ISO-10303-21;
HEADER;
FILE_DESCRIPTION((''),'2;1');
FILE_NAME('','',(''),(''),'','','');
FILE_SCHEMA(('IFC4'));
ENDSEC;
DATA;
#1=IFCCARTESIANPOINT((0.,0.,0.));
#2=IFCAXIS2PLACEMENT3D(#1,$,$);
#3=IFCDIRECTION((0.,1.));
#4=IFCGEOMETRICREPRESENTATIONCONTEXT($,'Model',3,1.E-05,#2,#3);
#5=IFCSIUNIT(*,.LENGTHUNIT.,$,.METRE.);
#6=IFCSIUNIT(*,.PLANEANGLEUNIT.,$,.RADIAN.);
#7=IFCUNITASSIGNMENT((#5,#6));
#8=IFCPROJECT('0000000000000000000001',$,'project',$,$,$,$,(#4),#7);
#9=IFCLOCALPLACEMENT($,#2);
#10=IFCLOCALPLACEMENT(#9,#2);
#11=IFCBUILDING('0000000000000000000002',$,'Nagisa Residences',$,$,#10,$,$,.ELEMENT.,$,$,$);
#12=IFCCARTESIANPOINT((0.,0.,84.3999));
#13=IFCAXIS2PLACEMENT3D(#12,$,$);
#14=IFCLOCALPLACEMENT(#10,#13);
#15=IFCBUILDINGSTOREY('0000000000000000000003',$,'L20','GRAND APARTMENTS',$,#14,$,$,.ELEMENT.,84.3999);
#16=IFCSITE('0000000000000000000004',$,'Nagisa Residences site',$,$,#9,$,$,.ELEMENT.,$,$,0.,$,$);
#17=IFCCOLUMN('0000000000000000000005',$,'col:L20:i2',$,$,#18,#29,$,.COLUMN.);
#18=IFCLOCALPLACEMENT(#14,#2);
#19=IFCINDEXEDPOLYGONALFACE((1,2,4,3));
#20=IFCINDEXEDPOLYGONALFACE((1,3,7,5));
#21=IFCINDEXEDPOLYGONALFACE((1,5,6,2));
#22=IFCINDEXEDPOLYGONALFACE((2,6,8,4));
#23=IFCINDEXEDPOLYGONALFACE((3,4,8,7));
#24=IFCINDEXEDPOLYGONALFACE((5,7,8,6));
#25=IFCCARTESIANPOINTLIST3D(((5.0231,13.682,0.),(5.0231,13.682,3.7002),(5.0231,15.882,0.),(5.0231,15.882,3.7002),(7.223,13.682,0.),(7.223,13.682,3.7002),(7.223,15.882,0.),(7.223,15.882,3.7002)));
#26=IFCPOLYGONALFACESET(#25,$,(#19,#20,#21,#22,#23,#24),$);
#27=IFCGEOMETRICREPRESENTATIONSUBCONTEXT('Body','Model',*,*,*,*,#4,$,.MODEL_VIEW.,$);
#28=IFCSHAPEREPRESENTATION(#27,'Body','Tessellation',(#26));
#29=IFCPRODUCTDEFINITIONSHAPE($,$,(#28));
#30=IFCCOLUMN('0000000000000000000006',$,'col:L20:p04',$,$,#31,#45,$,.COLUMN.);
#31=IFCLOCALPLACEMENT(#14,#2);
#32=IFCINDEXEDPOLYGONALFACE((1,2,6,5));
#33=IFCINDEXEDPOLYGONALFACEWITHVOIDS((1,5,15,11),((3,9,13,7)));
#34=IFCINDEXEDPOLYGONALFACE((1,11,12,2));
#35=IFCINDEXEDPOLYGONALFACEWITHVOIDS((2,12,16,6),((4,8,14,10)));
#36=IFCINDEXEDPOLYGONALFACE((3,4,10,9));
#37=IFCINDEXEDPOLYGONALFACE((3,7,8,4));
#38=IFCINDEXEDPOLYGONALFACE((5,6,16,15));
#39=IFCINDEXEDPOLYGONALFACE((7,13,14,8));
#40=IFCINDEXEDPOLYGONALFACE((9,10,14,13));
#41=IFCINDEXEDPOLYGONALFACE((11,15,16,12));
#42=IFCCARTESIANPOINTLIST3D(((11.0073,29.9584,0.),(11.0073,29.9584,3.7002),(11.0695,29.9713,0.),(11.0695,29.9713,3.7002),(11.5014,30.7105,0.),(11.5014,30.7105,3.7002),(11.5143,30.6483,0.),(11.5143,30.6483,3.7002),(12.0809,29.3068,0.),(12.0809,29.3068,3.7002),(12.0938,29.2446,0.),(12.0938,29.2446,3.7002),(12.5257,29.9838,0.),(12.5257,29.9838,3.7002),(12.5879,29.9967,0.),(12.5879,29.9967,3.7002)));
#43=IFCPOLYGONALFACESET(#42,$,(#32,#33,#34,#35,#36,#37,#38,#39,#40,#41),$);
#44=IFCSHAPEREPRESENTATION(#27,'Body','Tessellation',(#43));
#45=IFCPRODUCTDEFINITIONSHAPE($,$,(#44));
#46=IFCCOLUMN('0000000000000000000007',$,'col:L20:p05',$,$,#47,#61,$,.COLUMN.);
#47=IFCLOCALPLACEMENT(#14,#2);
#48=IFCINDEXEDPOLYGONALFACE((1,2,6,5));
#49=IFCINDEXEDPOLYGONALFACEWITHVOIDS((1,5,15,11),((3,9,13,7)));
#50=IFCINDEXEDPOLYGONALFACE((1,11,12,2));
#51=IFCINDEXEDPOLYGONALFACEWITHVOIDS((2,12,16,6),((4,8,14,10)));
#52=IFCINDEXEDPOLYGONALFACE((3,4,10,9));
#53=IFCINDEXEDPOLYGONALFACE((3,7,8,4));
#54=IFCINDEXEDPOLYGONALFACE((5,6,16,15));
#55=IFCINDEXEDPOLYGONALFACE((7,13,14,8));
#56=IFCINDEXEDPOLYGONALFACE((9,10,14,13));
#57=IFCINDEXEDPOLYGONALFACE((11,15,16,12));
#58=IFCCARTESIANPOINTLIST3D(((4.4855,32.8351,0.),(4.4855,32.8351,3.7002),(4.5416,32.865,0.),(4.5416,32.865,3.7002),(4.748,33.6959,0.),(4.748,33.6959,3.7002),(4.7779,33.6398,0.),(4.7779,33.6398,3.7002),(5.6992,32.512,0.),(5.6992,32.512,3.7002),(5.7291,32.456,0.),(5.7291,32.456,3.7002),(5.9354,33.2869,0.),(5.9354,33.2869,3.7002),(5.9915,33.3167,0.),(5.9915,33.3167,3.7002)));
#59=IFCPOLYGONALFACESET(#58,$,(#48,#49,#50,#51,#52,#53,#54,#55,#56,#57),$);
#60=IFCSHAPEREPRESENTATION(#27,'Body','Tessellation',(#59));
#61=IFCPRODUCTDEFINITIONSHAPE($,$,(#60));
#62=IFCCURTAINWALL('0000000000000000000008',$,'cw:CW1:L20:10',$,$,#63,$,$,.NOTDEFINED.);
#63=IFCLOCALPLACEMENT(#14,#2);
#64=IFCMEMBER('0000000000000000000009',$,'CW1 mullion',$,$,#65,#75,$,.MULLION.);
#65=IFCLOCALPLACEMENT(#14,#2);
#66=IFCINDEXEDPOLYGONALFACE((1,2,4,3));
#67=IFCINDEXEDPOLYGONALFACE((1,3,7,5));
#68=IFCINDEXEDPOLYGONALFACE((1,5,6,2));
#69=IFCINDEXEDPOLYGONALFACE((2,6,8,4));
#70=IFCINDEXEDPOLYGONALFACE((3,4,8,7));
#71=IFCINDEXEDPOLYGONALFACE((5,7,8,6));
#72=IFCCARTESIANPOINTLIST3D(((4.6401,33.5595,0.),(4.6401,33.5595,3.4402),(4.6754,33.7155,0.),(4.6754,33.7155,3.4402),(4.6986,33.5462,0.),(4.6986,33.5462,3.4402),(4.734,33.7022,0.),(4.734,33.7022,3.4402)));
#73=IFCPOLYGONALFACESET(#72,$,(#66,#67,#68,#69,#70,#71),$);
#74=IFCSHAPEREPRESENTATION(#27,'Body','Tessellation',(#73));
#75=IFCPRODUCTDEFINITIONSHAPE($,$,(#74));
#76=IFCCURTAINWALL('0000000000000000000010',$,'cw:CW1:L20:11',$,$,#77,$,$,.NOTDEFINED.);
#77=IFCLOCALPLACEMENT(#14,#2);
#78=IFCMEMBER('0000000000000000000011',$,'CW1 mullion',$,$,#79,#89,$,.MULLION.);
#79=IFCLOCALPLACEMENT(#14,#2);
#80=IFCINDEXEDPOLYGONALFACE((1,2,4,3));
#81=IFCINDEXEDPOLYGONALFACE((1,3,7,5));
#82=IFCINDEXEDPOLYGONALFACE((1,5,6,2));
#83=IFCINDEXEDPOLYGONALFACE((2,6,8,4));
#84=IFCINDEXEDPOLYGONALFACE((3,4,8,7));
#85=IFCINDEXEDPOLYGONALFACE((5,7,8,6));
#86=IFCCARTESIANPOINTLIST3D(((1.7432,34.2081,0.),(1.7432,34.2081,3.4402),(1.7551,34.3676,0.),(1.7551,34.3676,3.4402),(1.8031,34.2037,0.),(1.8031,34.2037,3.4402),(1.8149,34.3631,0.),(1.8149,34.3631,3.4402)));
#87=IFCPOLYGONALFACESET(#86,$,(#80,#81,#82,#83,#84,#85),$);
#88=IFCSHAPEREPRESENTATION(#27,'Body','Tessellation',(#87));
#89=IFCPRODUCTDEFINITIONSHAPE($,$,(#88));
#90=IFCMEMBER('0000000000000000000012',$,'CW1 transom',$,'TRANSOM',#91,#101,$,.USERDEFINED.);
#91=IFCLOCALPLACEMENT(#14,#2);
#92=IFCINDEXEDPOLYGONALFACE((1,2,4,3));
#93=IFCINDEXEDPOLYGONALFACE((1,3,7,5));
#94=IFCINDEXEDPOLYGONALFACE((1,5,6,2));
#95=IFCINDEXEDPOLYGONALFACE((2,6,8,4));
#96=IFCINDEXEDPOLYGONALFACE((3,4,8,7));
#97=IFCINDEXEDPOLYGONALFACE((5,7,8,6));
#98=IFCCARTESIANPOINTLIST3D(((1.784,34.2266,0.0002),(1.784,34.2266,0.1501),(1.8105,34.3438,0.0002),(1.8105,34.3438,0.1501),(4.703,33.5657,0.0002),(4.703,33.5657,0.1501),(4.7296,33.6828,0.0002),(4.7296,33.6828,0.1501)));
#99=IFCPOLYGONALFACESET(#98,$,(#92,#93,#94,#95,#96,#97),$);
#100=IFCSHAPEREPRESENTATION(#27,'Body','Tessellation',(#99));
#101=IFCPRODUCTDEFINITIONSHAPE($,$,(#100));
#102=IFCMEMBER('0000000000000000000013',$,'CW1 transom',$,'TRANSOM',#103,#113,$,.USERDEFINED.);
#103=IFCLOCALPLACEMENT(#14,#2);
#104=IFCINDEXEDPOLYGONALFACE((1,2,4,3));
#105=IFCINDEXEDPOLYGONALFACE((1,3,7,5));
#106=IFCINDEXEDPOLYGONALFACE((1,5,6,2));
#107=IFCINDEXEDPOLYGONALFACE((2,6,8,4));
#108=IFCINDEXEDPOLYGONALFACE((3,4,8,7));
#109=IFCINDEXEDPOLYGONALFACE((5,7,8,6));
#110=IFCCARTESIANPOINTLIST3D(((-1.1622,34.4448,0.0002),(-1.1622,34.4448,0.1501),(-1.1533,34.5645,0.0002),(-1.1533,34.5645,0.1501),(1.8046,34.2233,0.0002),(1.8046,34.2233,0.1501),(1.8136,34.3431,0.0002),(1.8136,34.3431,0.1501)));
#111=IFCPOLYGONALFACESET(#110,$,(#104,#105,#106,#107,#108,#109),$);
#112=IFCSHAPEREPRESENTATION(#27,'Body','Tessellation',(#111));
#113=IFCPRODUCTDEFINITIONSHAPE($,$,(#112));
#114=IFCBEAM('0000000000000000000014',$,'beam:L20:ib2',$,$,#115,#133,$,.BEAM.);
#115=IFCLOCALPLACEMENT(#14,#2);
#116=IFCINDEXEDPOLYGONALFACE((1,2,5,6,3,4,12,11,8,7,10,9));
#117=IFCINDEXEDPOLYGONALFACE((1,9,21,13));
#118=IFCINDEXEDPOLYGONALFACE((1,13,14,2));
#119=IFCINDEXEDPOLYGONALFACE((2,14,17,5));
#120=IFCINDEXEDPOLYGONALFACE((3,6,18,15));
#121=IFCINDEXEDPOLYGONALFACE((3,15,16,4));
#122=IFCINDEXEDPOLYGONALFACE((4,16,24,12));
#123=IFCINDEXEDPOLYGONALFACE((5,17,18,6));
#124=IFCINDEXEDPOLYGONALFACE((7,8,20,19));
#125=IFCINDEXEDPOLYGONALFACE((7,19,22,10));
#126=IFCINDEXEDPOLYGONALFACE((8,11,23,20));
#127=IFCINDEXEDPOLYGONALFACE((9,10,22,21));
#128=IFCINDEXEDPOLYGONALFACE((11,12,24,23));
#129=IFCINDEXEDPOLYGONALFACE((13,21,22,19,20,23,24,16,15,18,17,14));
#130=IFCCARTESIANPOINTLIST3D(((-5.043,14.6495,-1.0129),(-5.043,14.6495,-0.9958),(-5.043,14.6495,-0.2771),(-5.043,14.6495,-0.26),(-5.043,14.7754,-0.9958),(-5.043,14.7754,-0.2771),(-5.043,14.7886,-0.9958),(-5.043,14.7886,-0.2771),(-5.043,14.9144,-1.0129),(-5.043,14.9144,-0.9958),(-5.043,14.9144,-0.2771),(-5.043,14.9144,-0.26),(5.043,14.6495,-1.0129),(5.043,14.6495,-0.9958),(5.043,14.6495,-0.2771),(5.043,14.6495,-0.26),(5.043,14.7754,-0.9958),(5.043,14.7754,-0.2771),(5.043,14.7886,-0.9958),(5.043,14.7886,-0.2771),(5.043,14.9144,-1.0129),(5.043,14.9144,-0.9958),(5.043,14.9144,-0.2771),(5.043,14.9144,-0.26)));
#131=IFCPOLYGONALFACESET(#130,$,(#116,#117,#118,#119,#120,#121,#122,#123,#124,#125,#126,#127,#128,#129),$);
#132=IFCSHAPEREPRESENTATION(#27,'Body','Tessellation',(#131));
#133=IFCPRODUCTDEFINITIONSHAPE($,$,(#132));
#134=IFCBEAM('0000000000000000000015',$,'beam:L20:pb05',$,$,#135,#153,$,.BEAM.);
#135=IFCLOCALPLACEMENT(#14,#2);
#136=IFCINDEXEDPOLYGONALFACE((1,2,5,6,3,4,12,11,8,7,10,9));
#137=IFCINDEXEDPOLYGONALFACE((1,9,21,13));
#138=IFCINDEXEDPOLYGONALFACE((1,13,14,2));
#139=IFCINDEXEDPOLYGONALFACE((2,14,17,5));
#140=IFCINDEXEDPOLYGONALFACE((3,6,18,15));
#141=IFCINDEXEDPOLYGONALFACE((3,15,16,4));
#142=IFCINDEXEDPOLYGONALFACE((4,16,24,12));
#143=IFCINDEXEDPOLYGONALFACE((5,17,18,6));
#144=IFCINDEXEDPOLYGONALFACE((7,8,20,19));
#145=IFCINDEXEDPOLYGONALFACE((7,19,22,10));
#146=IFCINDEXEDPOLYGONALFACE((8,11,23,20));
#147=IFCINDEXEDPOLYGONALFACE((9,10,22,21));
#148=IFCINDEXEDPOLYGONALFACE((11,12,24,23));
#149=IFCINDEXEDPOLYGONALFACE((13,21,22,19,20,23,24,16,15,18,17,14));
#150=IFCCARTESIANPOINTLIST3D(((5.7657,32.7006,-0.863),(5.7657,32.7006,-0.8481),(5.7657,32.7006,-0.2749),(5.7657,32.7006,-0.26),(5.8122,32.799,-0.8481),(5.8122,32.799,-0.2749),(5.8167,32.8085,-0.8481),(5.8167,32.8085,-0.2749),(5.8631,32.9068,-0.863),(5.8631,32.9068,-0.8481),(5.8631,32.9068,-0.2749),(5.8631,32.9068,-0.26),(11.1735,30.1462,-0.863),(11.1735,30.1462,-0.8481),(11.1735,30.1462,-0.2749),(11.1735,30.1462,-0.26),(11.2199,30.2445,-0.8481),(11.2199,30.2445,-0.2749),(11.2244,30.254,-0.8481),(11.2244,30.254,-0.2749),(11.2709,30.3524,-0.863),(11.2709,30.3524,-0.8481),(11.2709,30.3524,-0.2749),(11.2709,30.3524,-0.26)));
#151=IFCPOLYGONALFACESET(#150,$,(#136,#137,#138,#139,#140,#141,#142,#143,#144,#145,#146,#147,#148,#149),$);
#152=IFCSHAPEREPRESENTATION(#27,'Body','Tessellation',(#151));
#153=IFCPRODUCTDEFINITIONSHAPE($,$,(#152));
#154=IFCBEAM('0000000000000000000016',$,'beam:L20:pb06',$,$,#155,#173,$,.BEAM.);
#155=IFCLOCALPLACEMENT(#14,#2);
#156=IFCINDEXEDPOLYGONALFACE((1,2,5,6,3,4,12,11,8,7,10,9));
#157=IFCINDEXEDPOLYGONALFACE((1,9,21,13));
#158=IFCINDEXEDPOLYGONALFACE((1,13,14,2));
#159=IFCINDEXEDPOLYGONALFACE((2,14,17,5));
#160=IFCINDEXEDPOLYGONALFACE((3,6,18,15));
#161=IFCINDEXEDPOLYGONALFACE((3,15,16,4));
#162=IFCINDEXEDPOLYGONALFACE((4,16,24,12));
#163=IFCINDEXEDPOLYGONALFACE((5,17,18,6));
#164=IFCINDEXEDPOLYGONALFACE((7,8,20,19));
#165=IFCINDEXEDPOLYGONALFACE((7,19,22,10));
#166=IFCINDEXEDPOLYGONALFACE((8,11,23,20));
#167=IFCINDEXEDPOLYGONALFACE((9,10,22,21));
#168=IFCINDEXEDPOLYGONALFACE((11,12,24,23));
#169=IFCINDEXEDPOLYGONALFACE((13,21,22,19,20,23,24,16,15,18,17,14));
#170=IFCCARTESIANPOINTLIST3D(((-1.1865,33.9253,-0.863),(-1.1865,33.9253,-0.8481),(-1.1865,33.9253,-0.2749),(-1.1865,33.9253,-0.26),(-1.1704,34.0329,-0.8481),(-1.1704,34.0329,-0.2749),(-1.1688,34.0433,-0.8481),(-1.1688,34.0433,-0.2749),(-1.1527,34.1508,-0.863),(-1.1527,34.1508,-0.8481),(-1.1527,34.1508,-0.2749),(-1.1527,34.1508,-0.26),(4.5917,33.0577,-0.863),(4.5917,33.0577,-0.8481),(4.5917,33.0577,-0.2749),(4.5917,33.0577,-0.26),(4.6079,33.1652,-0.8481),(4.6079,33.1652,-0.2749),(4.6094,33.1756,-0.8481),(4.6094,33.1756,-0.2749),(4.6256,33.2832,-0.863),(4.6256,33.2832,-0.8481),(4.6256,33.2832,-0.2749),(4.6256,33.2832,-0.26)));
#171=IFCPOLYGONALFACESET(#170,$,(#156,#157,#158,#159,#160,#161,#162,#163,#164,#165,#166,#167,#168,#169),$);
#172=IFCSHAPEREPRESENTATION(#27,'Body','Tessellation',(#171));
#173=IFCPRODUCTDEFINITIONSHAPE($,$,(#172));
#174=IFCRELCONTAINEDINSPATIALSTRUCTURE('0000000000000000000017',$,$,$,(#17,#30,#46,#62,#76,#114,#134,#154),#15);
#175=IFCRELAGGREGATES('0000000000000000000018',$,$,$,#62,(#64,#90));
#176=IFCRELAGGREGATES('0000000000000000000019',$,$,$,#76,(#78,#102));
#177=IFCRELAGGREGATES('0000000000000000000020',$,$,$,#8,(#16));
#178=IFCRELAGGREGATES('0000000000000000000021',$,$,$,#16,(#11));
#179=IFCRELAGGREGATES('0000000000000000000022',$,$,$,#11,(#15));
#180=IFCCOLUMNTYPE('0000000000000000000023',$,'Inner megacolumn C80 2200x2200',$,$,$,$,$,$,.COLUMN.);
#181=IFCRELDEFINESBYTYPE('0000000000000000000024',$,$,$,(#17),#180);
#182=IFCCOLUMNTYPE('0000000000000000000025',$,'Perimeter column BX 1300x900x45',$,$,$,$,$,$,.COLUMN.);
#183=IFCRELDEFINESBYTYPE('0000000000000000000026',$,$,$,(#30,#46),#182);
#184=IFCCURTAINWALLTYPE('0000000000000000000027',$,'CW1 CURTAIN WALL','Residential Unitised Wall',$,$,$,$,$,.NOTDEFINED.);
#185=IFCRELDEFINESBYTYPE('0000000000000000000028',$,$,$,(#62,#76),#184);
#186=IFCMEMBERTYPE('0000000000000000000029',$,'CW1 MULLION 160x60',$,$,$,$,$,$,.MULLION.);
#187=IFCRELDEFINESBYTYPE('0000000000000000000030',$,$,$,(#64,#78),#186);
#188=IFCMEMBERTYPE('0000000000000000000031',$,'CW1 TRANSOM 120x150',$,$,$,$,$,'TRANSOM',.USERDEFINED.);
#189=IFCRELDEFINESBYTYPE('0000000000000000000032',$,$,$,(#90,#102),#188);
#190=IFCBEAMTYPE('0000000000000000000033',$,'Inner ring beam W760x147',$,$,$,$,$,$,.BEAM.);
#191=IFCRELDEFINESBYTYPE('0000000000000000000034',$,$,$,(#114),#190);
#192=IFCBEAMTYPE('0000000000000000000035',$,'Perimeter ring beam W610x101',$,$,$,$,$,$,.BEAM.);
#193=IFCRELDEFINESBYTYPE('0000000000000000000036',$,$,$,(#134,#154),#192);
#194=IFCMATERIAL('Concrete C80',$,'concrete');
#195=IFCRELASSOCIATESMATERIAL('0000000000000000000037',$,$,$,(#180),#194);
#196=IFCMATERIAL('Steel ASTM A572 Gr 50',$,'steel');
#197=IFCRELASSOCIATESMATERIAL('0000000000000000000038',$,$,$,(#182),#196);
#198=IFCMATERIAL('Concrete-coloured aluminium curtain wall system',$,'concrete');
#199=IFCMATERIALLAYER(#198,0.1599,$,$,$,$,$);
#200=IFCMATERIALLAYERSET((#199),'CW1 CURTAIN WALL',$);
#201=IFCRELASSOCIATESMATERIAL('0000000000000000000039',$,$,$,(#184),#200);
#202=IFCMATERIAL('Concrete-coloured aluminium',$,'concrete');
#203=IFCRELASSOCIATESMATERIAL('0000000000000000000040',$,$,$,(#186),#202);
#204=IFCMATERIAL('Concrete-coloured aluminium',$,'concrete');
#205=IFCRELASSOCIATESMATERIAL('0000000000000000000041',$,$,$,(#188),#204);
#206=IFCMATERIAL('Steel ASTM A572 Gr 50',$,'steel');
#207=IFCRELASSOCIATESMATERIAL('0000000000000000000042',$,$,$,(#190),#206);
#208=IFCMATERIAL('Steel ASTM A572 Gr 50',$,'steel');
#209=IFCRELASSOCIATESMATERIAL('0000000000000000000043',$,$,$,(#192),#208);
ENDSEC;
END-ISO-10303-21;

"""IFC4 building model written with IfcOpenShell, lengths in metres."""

from ifc_helpers import new_model, si_unit, direction, frame, origin, origin_2d, place, context, subcontext, project, spatial, rectangle, hollow_rectangle, i_section, extrude, material, layer, layer_set, material_profile, profile_set, type_object, element, aggregate, save


model = new_model("IFC4")

# Units and contexts
model_context = context("Model", 3, precision=1e-05, world=origin(), true_north=direction((0.0, 1.0)))
body_context = subcontext(model_context, "Body", "Model", "MODEL_VIEW")
ifc_project = project(units=[si_unit("LENGTHUNIT", "METRE"), si_unit("PLANEANGLEUNIT", "RADIAN")], contexts=[model_context])

# Site, building, storey
site_placement = place(None, origin())
site = spatial("IfcSite", under=ifc_project, at=site_placement, Name="Nagisa Residences site", CompositionType="ELEMENT", RefElevation=0.0)
building_placement = place(site_placement, origin())
building = spatial("IfcBuilding", under=site, at=building_placement, Name="Nagisa Residences", CompositionType="ELEMENT")
storey_placement = place(building_placement, frame((0.0, 0.0, 84.3999)))
storey = spatial("IfcBuildingStorey", under=building, at=storey_placement, Name="L20", Description="GRAND APARTMENTS", CompositionType="ELEMENT", Elevation=84.3999)

# Columns
ifc_material_1 = material(Name="Concrete C80", Category="concrete")
ifc_material_profile_1 = material_profile(ifc_material_1, rectangle(XDim=2.2, YDim=2.2, at=origin_2d()), Name="C80 2200x2200")
ifc_profile_set_1 = profile_set([ifc_material_profile_1], Name="Concrete C80")
column_type_1 = type_object("IfcColumnType", Name="Inner megacolumn C80 2200x2200", PredefinedType="COLUMN", material=ifc_profile_set_1)
column_placement = place(storey_placement, frame((6.123, 14.782, 0.0), z_axis=(0.0, 0.0, 1.0), x_axis=(1.0, 0.0, 0.0)))
element("IfcColumn", 1, at=column_placement, inside=storey, type_object=column_type_1, Name="col:L20:i2", PredefinedType="COLUMN", context=body_context, shape_type="SweptSolid", body=[
    extrude(rectangle(XDim=2.2, YDim=2.2, at=origin_2d()), origin(), (0.0, 0.0, 1.0), 3.7002),
])
ifc_material_2 = material(Name="Steel ASTM A572 Gr 50", Category="steel")
ifc_material_profile_2 = material_profile(ifc_material_2, hollow_rectangle(XDim=1.3, YDim=0.8999, WallThickness=0.0449, at=origin_2d()), Name="BX 1300x900x45")
ifc_profile_set_2 = profile_set([ifc_material_profile_2], Name="Steel ASTM A572 Gr 50")
column_type_2 = type_object("IfcColumnType", Name="Perimeter column BX 1300x900x45", PredefinedType="COLUMN", material=ifc_profile_set_2)
for number, where, z_axis, x_axis, name in (
    (2, (11.7976, 29.9775, 0.0), (0.0, 0.0, 1.0), (-0.835766, 0.549086, 0.0), "col:L20:p04"),
    (3, (5.2385, 33.0759, 0.0), (0.0, 0.0, 1.0), (-0.956525, 0.291652, 0.0), "col:L20:p05"),
):
    element("IfcColumn", number, at=place(storey_placement, frame(where, z_axis=z_axis, x_axis=x_axis)), inside=storey, type_object=column_type_2, Name=name, PredefinedType="COLUMN", context=body_context, shape_type="SweptSolid", body=[
        extrude(hollow_rectangle(XDim=1.3, YDim=0.8999, WallThickness=0.0449, at=origin_2d()), origin(), (0.0, 0.0, 1.0), 3.7002),
    ])

# Curtain walls, members
ifc_material_3 = material(Name="Concrete-coloured aluminium curtain wall system", Category="concrete")
ifc_layer_1 = layer(ifc_material_3, 0.1599)
ifc_layer_set_1 = layer_set([ifc_layer_1], Name="CW1 CURTAIN WALL")
curtain_wall_type = type_object("IfcCurtainWallType", Name="CW1 CURTAIN WALL", Description="Residential Unitised Wall", PredefinedType="NOTDEFINED", material=ifc_layer_set_1)
curtain_wall_1_placement = place(storey_placement, origin())
curtain_wall_1 = element("IfcCurtainWall", 4, at=curtain_wall_1_placement, inside=storey, type_object=curtain_wall_type, Name="cw:CW1:L20:10", PredefinedType="NOTDEFINED")
ifc_material_4 = material(Name="Concrete-coloured aluminium", Category="concrete")
ifc_material_profile_3 = material_profile(ifc_material_4, rectangle(XDim=0.1599, YDim=0.0601, at=origin_2d()), Name="CW1 MULLION 160x60")
ifc_profile_set_3 = profile_set([ifc_material_profile_3], Name="Concrete-coloured aluminium")
member_type_1 = type_object("IfcMemberType", Name="CW1 MULLION 160x60", PredefinedType="MULLION", material=ifc_profile_set_3)
member_1_placement = place(storey_placement, frame((4.687, 33.6309, 0.0), z_axis=(0.0, 0.0, 1.0), x_axis=(-0.220764, -0.975327, 0.0)))
member_1 = element("IfcMember", 5, at=member_1_placement, type_object=member_type_1, Name="CW1 mullion", PredefinedType="MULLION", context=body_context, shape_type="SweptSolid", body=[
    extrude(rectangle(XDim=0.1599, YDim=0.0601, at=origin_2d()), origin(), (0.0, 0.0, 1.0), 3.4402),
])
curtain_wall_2_placement = place(storey_placement, origin())
curtain_wall_2 = element("IfcCurtainWall", 6, at=curtain_wall_2_placement, inside=storey, type_object=curtain_wall_type, Name="cw:CW1:L20:11", PredefinedType="NOTDEFINED")
member_2_placement = place(storey_placement, frame((1.7791, 34.2856, 0.0), z_axis=(0.0, 0.0, 1.0), x_axis=(-0.074377, -0.99723, 0.0)))
member_2 = element("IfcMember", 7, at=member_2_placement, type_object=member_type_1, Name="CW1 mullion", PredefinedType="MULLION", context=body_context, shape_type="SweptSolid", body=[
    extrude(rectangle(XDim=0.1599, YDim=0.0601, at=origin_2d()), origin(), (0.0, 0.0, 1.0), 3.4402),
])

# Members
ifc_material_5 = material(Name="Concrete-coloured aluminium", Category="concrete")
ifc_material_profile_4 = material_profile(ifc_material_5, rectangle(XDim=0.1201, YDim=0.1499, at=origin_2d()), Name="CW1 TRANSOM 120x150")
ifc_profile_set_4 = profile_set([ifc_material_profile_4], Name="Concrete-coloured aluminium")
member_type_2 = type_object("IfcMemberType", Name="CW1 TRANSOM 120x150", ElementType="TRANSOM", PredefinedType="USERDEFINED", material=ifc_profile_set_4)
member_3_placement = place(storey_placement, frame((4.7163, 33.6243, 0.0752), z_axis=(-0.975314, 0.220824, 0.0), x_axis=(-0.220824, -0.975314, 0.0)))
member_3 = element("IfcMember", 8, at=member_3_placement, type_object=member_type_2, Name="CW1 transom", ObjectType="TRANSOM", PredefinedType="USERDEFINED", context=body_context, shape_type="SweptSolid", body=[
    extrude(rectangle(XDim=0.1201, YDim=0.1499, at=origin_2d()), origin(), (0.0, 0.0, 1.0), 2.9929),
])
member_4_placement = place(storey_placement, frame((1.8091, 34.2832, 0.0752), z_axis=(-0.997226, 0.074431, 0.0), x_axis=(-0.074431, -0.997226, 0.0)))
member_4 = element("IfcMember", 9, at=member_4_placement, type_object=member_type_2, Name="CW1 transom", ObjectType="TRANSOM", PredefinedType="USERDEFINED", context=body_context, shape_type="SweptSolid", body=[
    extrude(rectangle(XDim=0.1201, YDim=0.1499, at=origin_2d()), origin(), (0.0, 0.0, 1.0), 2.9751),
])

# Beams
ifc_material_6 = material(Name="Steel ASTM A572 Gr 50", Category="steel")
ifc_material_profile_5 = material_profile(ifc_material_6, i_section(OverallWidth=0.2649, OverallDepth=0.7529, WebThickness=0.0132, FlangeThickness=0.0171, at=origin_2d()), Name="W760x147")
ifc_profile_set_5 = profile_set([ifc_material_profile_5], Name="Steel ASTM A572 Gr 50")
beam_type_1 = type_object("IfcBeamType", Name="Inner ring beam W760x147", PredefinedType="BEAM", material=ifc_profile_set_5)
beam_1_placement = place(storey_placement, frame((5.043, 14.782, -0.6365), z_axis=(-1.0, 0.0, 0.0), x_axis=(0.0, -1.0, 0.0)))
element("IfcBeam", 10, at=beam_1_placement, inside=storey, type_object=beam_type_1, Name="beam:L20:ib2", PredefinedType="BEAM", context=body_context, shape_type="SweptSolid", body=[
    extrude(i_section(OverallWidth=0.2649, OverallDepth=0.7529, WebThickness=0.0132, FlangeThickness=0.0171, at=origin_2d()), origin(), (0.0, 0.0, 1.0), 10.0859),
])
ifc_material_7 = material(Name="Steel ASTM A572 Gr 50", Category="steel")
ifc_material_profile_6 = material_profile(ifc_material_7, i_section(OverallWidth=0.228, OverallDepth=0.603, WebThickness=0.0105, FlangeThickness=0.0149, at=origin_2d()), Name="W610x101")
ifc_profile_set_6 = profile_set([ifc_material_profile_6], Name="Steel ASTM A572 Gr 50")
beam_type_2 = type_object("IfcBeamType", Name="Perimeter ring beam W610x101", PredefinedType="BEAM", material=ifc_profile_set_6)
beam_2_placement = place(storey_placement, frame((11.2222, 30.2493, -0.5615), z_axis=(-0.904197, 0.427116, 0.0), x_axis=(-0.427116, -0.904197, 0.0)))
element("IfcBeam", 11, at=beam_2_placement, inside=storey, type_object=beam_type_2, Name="beam:L20:pb05", PredefinedType="BEAM", context=body_context, shape_type="SweptSolid", body=[
    extrude(i_section(OverallWidth=0.228, OverallDepth=0.603, WebThickness=0.0105, FlangeThickness=0.0149, at=origin_2d()), origin(), (0.0, 0.0, 1.0), 5.9807),
])
beam_3_placement = place(storey_placement, frame((4.6086, 33.1704, -0.5615), z_axis=(-0.988913, 0.148496, 0.0), x_axis=(-0.148496, -0.988913, 0.0)))
element("IfcBeam", 12, at=beam_3_placement, inside=storey, type_object=beam_type_2, Name="beam:L20:pb06", PredefinedType="BEAM", context=body_context, shape_type="SweptSolid", body=[
    extrude(i_section(OverallWidth=0.228, OverallDepth=0.603, WebThickness=0.0105, FlangeThickness=0.0149, at=origin_2d()), origin(), (0.0, 0.0, 1.0), 5.843),
])

aggregate(curtain_wall_1, [member_1, member_3])
aggregate(curtain_wall_2, [member_2, member_4])

save(model, "model.ifc")
